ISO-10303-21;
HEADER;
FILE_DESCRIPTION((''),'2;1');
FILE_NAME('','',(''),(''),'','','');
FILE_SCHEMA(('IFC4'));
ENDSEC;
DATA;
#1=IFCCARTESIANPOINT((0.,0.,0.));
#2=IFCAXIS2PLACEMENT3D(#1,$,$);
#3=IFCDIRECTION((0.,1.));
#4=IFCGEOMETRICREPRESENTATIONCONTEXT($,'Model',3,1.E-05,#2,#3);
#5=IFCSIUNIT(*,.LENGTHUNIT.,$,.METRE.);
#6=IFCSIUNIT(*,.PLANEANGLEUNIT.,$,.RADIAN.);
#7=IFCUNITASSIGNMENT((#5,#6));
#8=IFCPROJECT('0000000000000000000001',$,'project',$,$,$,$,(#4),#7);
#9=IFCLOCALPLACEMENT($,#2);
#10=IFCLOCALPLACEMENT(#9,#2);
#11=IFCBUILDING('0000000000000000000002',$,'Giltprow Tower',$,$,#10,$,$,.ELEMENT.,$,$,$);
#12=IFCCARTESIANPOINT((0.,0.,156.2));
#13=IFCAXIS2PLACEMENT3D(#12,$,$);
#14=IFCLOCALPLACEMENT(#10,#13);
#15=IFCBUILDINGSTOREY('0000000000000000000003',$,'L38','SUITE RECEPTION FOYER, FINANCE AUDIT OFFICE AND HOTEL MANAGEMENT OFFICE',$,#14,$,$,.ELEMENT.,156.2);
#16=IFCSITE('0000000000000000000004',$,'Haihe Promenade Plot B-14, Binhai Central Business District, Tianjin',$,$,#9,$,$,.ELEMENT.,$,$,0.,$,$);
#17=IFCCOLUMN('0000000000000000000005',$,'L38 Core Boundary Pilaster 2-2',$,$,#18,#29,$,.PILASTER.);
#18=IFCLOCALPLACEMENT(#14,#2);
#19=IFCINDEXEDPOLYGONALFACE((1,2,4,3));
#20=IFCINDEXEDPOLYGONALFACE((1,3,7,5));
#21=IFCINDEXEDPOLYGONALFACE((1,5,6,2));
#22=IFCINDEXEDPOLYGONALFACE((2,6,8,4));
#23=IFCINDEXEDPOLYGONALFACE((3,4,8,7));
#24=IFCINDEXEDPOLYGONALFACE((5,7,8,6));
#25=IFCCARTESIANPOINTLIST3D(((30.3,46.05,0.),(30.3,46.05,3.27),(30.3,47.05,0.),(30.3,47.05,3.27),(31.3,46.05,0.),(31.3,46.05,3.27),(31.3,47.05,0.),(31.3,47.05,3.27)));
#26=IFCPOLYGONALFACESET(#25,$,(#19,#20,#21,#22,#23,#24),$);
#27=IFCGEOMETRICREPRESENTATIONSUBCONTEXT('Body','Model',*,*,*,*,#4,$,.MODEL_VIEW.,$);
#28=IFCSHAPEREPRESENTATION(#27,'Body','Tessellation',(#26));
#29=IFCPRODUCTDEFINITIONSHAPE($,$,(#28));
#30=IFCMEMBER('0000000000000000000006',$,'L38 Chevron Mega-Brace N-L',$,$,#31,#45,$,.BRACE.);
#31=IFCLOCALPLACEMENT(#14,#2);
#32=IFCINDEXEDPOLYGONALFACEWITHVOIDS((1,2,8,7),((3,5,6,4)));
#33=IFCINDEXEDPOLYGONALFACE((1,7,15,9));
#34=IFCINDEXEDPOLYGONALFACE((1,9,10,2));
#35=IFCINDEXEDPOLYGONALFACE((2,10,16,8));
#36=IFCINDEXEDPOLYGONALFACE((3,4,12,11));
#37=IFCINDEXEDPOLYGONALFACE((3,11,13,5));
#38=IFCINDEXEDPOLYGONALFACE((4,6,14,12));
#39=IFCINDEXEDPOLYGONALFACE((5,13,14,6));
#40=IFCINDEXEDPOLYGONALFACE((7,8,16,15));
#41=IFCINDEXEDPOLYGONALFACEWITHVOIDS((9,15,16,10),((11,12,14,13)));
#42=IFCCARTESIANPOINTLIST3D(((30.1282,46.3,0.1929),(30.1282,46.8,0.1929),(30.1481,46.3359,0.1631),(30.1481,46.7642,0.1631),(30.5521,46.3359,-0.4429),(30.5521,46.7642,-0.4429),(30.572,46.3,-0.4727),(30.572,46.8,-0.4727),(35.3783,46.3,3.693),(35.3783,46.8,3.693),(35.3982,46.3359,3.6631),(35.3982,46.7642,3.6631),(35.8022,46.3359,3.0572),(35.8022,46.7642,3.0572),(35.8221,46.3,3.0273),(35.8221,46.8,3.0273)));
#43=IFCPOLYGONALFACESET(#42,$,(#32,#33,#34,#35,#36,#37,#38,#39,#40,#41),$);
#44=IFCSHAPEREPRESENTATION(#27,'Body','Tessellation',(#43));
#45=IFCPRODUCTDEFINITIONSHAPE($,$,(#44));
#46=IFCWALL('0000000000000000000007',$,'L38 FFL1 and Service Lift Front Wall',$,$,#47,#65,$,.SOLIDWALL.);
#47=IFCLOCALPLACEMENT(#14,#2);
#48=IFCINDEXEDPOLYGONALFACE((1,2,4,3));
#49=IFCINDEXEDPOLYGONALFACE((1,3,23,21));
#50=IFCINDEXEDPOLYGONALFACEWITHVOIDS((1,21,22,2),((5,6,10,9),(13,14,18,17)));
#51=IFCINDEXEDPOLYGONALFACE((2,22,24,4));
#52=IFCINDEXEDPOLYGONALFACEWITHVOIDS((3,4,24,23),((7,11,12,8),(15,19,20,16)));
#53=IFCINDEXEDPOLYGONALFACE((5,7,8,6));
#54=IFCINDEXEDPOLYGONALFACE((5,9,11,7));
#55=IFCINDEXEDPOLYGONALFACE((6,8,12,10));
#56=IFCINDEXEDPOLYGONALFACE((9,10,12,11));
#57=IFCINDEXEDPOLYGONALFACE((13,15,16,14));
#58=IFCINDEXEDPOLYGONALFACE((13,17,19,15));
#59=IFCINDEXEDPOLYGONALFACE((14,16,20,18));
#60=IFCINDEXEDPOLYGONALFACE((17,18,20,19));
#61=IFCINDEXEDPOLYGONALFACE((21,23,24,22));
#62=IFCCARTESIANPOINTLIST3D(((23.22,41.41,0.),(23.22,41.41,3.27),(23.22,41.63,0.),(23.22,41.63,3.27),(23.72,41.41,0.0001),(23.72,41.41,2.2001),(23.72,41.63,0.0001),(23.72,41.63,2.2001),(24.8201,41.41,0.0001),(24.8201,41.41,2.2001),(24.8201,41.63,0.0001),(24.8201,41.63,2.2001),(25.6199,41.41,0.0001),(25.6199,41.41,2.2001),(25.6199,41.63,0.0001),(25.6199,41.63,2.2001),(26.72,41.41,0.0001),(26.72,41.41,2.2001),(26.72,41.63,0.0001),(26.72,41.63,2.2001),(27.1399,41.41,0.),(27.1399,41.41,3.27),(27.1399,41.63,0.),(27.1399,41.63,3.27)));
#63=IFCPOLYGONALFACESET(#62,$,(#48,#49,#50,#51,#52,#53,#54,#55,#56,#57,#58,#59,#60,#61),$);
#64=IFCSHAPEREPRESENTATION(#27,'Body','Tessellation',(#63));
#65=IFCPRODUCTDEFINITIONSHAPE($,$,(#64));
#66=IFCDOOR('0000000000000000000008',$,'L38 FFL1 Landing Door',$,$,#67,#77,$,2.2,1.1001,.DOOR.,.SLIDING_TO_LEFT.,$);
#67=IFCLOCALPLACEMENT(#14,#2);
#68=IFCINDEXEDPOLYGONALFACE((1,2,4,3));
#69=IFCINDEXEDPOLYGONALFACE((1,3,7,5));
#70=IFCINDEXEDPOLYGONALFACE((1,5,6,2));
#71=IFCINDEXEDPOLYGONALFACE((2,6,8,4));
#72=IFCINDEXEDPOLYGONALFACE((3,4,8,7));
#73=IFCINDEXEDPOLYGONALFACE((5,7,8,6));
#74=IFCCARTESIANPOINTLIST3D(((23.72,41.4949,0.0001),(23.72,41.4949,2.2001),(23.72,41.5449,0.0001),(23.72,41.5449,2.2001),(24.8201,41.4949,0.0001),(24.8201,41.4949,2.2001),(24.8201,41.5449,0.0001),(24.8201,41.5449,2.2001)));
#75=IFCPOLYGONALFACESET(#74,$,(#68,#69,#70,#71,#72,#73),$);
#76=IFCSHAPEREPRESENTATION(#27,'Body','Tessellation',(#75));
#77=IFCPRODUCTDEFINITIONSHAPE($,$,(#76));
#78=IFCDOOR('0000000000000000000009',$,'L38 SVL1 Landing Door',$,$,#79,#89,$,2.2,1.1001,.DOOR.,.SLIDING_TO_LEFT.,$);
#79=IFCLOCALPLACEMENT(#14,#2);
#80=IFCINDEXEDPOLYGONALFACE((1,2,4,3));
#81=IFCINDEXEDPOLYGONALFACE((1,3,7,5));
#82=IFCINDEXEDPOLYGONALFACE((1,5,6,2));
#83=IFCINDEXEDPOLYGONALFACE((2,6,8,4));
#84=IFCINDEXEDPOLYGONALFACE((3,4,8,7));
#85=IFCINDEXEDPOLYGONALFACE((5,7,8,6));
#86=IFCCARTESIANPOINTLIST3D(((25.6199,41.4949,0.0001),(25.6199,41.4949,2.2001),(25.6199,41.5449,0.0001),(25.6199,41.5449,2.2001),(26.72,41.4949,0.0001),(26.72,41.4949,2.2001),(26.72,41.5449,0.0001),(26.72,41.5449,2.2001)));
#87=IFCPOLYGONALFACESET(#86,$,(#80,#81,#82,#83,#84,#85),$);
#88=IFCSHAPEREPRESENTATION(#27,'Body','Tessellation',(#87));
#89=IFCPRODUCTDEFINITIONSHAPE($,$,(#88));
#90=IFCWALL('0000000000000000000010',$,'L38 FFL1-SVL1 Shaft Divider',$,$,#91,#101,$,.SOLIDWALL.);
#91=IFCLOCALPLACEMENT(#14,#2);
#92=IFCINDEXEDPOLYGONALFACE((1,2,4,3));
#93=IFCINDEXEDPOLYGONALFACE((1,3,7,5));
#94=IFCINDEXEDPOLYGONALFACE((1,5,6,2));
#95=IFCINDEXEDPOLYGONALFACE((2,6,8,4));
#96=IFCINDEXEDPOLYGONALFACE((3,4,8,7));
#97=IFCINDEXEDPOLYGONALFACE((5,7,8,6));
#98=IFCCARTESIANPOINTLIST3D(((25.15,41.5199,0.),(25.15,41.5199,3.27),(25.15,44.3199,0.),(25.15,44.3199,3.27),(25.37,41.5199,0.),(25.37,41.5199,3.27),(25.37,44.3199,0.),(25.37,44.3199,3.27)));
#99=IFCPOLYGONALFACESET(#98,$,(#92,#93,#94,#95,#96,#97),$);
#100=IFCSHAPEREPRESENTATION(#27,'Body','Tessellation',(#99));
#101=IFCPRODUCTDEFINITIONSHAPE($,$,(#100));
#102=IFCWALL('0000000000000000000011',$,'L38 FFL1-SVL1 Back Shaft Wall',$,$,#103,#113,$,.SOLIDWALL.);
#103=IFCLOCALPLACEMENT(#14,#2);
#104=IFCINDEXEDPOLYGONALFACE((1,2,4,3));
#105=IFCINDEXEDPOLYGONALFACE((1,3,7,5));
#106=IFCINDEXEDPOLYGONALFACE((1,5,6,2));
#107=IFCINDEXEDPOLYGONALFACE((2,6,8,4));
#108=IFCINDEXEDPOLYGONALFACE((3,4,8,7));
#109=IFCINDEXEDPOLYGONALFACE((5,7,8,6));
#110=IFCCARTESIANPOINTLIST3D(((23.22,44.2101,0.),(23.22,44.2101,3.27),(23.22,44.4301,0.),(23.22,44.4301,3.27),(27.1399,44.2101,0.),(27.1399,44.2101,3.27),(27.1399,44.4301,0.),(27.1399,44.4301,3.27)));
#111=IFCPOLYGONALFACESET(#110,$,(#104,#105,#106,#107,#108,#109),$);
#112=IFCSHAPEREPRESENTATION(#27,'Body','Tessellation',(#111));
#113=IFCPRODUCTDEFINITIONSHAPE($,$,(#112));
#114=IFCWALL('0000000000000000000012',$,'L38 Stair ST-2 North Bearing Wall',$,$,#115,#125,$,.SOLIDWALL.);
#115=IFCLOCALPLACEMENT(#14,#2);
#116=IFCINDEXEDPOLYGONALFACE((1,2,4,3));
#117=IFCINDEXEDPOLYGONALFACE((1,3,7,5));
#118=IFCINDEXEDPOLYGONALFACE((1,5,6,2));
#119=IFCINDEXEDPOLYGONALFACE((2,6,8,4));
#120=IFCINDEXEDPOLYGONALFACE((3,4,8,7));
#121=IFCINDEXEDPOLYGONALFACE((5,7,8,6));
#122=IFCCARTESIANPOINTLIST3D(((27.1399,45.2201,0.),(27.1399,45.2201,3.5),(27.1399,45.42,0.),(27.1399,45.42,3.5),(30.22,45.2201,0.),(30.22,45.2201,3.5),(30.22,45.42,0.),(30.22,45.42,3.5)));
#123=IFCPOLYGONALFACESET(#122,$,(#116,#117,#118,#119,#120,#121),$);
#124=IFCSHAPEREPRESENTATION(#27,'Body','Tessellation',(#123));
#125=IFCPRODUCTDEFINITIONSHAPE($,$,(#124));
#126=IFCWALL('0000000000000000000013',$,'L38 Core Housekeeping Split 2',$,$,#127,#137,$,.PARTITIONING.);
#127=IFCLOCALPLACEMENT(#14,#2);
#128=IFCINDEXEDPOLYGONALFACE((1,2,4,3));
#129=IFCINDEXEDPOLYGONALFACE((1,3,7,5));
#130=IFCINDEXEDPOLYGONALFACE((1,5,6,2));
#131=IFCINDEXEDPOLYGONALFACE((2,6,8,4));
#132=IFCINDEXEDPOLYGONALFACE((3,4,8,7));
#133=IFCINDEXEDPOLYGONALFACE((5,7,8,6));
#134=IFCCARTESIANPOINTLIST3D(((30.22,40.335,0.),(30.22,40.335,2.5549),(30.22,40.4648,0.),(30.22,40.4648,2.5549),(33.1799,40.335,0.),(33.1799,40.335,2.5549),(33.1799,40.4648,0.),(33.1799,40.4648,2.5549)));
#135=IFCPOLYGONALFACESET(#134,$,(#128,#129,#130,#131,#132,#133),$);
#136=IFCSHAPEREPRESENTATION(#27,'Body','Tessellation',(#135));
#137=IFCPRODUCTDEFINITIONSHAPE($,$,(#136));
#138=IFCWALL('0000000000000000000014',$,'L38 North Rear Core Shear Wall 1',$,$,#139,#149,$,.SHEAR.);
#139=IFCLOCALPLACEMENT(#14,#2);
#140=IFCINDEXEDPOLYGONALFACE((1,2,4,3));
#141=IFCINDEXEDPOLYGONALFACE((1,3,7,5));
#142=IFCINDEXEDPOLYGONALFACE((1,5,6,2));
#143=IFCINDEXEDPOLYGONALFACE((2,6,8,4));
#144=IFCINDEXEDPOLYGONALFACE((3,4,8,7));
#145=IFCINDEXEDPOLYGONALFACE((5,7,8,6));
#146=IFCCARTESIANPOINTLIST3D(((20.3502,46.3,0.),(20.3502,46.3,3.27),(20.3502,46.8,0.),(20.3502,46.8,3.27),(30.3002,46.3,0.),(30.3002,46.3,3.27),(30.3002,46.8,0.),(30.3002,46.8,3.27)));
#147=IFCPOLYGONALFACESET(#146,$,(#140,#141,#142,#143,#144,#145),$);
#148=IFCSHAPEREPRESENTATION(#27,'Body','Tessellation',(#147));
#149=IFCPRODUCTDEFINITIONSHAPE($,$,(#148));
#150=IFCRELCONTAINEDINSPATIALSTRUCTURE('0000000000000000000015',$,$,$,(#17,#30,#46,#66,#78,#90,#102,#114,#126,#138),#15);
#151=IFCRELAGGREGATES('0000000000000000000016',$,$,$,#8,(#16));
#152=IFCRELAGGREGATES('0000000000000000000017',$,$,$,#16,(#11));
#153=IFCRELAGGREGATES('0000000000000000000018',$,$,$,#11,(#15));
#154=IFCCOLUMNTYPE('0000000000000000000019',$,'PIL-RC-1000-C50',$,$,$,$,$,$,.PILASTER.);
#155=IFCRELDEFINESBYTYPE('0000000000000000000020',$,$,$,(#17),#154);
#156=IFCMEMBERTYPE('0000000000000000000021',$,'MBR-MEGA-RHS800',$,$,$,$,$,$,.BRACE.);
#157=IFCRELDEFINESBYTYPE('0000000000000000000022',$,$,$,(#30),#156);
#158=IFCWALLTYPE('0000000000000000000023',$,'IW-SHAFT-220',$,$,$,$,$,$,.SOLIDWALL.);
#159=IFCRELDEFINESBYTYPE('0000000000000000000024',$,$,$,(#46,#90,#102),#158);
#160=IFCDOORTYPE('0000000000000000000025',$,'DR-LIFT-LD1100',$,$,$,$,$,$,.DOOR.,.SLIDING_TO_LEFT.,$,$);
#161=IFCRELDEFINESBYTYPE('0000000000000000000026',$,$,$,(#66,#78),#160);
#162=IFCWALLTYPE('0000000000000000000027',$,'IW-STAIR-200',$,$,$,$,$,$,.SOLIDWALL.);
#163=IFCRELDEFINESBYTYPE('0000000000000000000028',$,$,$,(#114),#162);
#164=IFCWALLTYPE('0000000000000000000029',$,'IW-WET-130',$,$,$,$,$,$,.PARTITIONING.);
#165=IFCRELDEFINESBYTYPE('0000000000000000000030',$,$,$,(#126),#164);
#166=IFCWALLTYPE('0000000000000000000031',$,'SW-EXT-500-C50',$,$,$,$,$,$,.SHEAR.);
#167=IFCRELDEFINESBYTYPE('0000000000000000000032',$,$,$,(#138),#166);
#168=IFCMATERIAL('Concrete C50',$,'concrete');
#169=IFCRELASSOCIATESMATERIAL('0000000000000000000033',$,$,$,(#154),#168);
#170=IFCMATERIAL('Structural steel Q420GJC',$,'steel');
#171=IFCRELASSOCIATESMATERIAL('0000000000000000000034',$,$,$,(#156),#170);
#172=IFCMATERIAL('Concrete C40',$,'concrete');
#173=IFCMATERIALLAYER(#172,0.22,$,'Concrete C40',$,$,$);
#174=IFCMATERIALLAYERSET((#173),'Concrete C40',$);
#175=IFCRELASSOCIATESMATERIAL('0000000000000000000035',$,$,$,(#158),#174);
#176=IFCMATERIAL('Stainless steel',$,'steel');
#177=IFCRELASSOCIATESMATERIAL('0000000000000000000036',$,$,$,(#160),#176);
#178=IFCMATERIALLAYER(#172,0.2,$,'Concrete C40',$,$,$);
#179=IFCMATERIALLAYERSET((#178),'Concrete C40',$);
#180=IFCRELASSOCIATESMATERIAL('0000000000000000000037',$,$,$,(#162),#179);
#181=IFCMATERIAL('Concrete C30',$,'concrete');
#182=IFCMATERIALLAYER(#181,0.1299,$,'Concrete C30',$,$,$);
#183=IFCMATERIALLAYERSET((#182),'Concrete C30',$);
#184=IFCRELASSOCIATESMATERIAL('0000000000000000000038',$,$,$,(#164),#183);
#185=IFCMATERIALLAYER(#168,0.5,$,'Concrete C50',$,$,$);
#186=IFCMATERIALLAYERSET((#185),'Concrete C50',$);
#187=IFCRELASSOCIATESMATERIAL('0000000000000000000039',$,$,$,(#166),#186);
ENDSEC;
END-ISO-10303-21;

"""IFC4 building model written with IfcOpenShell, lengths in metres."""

from ifc_helpers import new_model, si_unit, direction, frame, frame_2d, origin, origin_2d, place, context, subcontext, project, spatial, rectangle, hollow_rectangle, extrude, source, transform, mapped, material, layer, layer_set, material_profile, profile_set, type_object, element, fill, save


model = new_model("IFC4")

# Units and contexts
model_context = context("Model", 3, precision=1e-05, world=origin(), true_north=direction((0.0, 1.0)))
body_context = subcontext(model_context, "Body", "Model", "MODEL_VIEW")
ifc_project = project(units=[si_unit("LENGTHUNIT", "METRE"), si_unit("PLANEANGLEUNIT", "RADIAN")], contexts=[model_context])

# Site, building, storey
site_placement = place(None, origin())
site = spatial("IfcSite", under=ifc_project, at=site_placement, Name="Haihe Promenade Plot B-14, Binhai Central Business District, Tianjin", CompositionType="ELEMENT", RefElevation=0.0)
building_placement = place(site_placement, origin())
building = spatial("IfcBuilding", under=site, at=building_placement, Name="Giltprow Tower", CompositionType="ELEMENT")
storey_placement = place(building_placement, frame((0.0, 0.0, 156.2)))
storey = spatial("IfcBuildingStorey", under=building, at=storey_placement, Name="L38", Description="SUITE RECEPTION FOYER, FINANCE AUDIT OFFICE AND HOTEL MANAGEMENT OFFICE", CompositionType="ELEMENT", Elevation=156.2)

# Column
ifc_material_1 = material(Name="Concrete C50", Category="concrete")
ifc_material_profile_1 = material_profile(ifc_material_1, rectangle(XDim=1.0, YDim=1.0, at=origin_2d()), Name="RC 1000x1000")
ifc_profile_set_1 = profile_set([ifc_material_profile_1], Name="Concrete C50")
column_type = type_object("IfcColumnType", Name="PIL-RC-1000-C50", PredefinedType="PILASTER", material=ifc_profile_set_1)
shared_shape_1 = source(origin(), body_context, "Body", "SweptSolid", [
    extrude(rectangle(XDim=1.0, YDim=1.0, at=origin_2d()), origin(), (0.0, 0.0, 1.0), 3.27),
])
column_placement = place(storey_placement, frame((30.8, 46.55, 0.0), z_axis=(0.0, 0.0, 1.0), x_axis=(1.0, 0.0, 0.0)))
element("IfcColumn", 1, at=column_placement, inside=storey, type_object=column_type, Name="L38 Core Boundary Pilaster 2-2", PredefinedType="PILASTER", context=body_context, shape_type="MappedRepresentation", body=[
    mapped(shared_shape_1, transform((0.0, 0.0, 0.0), x_axis=(1.0, 0.0, 0.0), y_axis=(0.0, 1.0, 0.0), z_axis=(0.0, 0.0, 1.0), scale=1.0)),
])

# Member
ifc_material_2 = material(Name="Structural steel Q420GJC", Category="steel")
ifc_material_profile_2 = material_profile(ifc_material_2, hollow_rectangle(XDim=0.5, YDim=0.8, WallThickness=0.0359, at=origin_2d()), Name="RHS 800x500x36")
ifc_profile_set_2 = profile_set([ifc_material_profile_2], Name="Structural steel Q420GJC")
member_type = type_object("IfcMemberType", Name="MBR-MEGA-RHS800", PredefinedType="BRACE", material=ifc_profile_set_2)
shared_shape_2 = source(origin(), body_context, "Body", "SweptSolid", [
    extrude(hollow_rectangle(XDim=0.5, YDim=0.8, WallThickness=0.0359, at=origin_2d()), origin(), (0.0, 0.0, 1.0), 6.3098),
])
member_placement = place(storey_placement, frame((30.3501, 46.55, -0.1399), z_axis=(0.83205, 0.0, 0.5547), x_axis=(0.0, 1.0, 0.0)))
element("IfcMember", 2, at=member_placement, inside=storey, type_object=member_type, Name="L38 Chevron Mega-Brace N-L", PredefinedType="BRACE", context=body_context, shape_type="MappedRepresentation", body=[
    mapped(shared_shape_2, transform((0.0, 0.0, 0.0), x_axis=(1.0, 0.0, 0.0), y_axis=(0.0, 1.0, 0.0), z_axis=(0.0, 0.0, 1.0), scale=1.0)),
])

# Wall, openings, doors
ifc_material_3 = material(Name="Concrete C40", Category="concrete")
ifc_layer_1 = layer(ifc_material_3, 0.22, Name="Concrete C40")
ifc_layer_set_1 = layer_set([ifc_layer_1], Name="Concrete C40")
wall_type_1 = type_object("IfcWallType", Name="IW-SHAFT-220", PredefinedType="SOLIDWALL", material=ifc_layer_set_1)
wall_1_placement = place(storey_placement, frame((23.22, 41.52, 0.0), z_axis=(0.0, 0.0, 1.0), x_axis=(1.0, 0.0, 0.0)))
wall_1 = element("IfcWall", 3, at=wall_1_placement, inside=storey, type_object=wall_type_1, Name="L38 FFL1 and Service Lift Front Wall", PredefinedType="SOLIDWALL", context=body_context, shape_type="SweptSolid", body=[
    extrude(rectangle(XDim=3.9199, YDim=0.22, at=frame_2d((1.96, 0.0))), origin(), (0.0, 0.0, 1.0), 3.27),
])
opening_1_placement = place(wall_1_placement, frame((0.5, 0.0, 0.0)))
opening_1 = element("IfcOpeningElement", 4, at=opening_1_placement, cuts=wall_1, PredefinedType="OPENING", context=body_context, shape_type="SweptSolid", body=[
    extrude(rectangle(XDim=1.1001, YDim=2.2, at=frame_2d((0.55, 1.1001))), frame((0.0, 0.1199, 0.0), z_axis=(0.0, -1.0, 0.0), x_axis=(1.0, 0.0, 0.0)), (0.0, 0.0, 1.0), 0.24),
])
opening_2_placement = place(wall_1_placement, frame((2.3999, 0.0, 0.0)))
opening_2 = element("IfcOpeningElement", 5, at=opening_2_placement, cuts=wall_1, PredefinedType="OPENING", context=body_context, shape_type="SweptSolid", body=[
    extrude(rectangle(XDim=1.1001, YDim=2.2, at=frame_2d((0.55, 1.1001))), frame((0.0, 0.1199, 0.0), z_axis=(0.0, -1.0, 0.0), x_axis=(1.0, 0.0, 0.0)), (0.0, 0.0, 1.0), 0.24),
])
ifc_material_4 = material(Name="Stainless steel", Category="steel")
door_type = type_object("IfcDoorType", Name="DR-LIFT-LD1100", OperationType="SLIDING_TO_LEFT", PredefinedType="DOOR", material=ifc_material_4)
shared_shape_3 = source(origin(), body_context, "Body", "SweptSolid", [
    extrude(rectangle(XDim=1.1001, YDim=2.2, at=frame_2d((0.55, 1.1001))), frame((0.0, 0.0249, 0.0), z_axis=(0.0, -1.0, 0.0), x_axis=(1.0, 0.0, 0.0)), (0.0, 0.0, 1.0), 0.05),
])
door_1_placement = place(opening_1_placement, origin())
door_1 = element("IfcDoor", 6, at=door_1_placement, inside=storey, type_object=door_type, Name="L38 FFL1 Landing Door", OperationType="SLIDING_TO_LEFT", OverallHeight=2.2, OverallWidth=1.1001, PredefinedType="DOOR", context=body_context, shape_type="MappedRepresentation", body=[
    mapped(shared_shape_3, transform((0.0, 0.0, 0.0), x_axis=(1.0, 0.0, 0.0), y_axis=(0.0, 1.0, 0.0), z_axis=(0.0, 0.0, 1.0), scale=1.0)),
])
fill(opening_1, door_1)
door_2_placement = place(opening_2_placement, origin())
door_2 = element("IfcDoor", 7, at=door_2_placement, inside=storey, type_object=door_type, Name="L38 SVL1 Landing Door", OperationType="SLIDING_TO_LEFT", OverallHeight=2.2, OverallWidth=1.1001, PredefinedType="DOOR", context=body_context, shape_type="MappedRepresentation", body=[
    mapped(shared_shape_3, transform((0.0, 0.0, 0.0), x_axis=(1.0, 0.0, 0.0), y_axis=(0.0, 1.0, 0.0), z_axis=(0.0, 0.0, 1.0), scale=1.0)),
])
fill(opening_2, door_2)

# Walls
wall_2_placement = place(storey_placement, frame((25.26, 41.52, 0.0), z_axis=(0.0, 0.0, 1.0), x_axis=(0.0, 1.0, 0.0)))
element("IfcWall", 8, at=wall_2_placement, inside=storey, type_object=wall_type_1, Name="L38 FFL1-SVL1 Shaft Divider", PredefinedType="SOLIDWALL", context=body_context, shape_type="SweptSolid", body=[
    extrude(rectangle(XDim=2.8, YDim=0.22, at=frame_2d((1.3999, 0.0))), origin(), (0.0, 0.0, 1.0), 3.27),
])
wall_3_placement = place(storey_placement, frame((23.22, 44.3201, 0.0), z_axis=(0.0, 0.0, 1.0), x_axis=(1.0, 0.0, 0.0)))
element("IfcWall", 9, at=wall_3_placement, inside=storey, type_object=wall_type_1, Name="L38 FFL1-SVL1 Back Shaft Wall", PredefinedType="SOLIDWALL", context=body_context, shape_type="SweptSolid", body=[
    extrude(rectangle(XDim=3.9199, YDim=0.22, at=frame_2d((1.96, 0.0))), origin(), (0.0, 0.0, 1.0), 3.27),
])
ifc_layer_2 = layer(ifc_material_3, 0.2, Name="Concrete C40")
ifc_layer_set_2 = layer_set([ifc_layer_2], Name="Concrete C40")
wall_type_2 = type_object("IfcWallType", Name="IW-STAIR-200", PredefinedType="SOLIDWALL", material=ifc_layer_set_2)
wall_4_placement = place(storey_placement, frame((27.1399, 45.3201, 0.0), z_axis=(0.0, 0.0, 1.0), x_axis=(1.0, 0.0, 0.0)))
element("IfcWall", 10, at=wall_4_placement, inside=storey, type_object=wall_type_2, Name="L38 Stair ST-2 North Bearing Wall", PredefinedType="SOLIDWALL", context=body_context, shape_type="SweptSolid", body=[
    extrude(rectangle(XDim=3.0801, YDim=0.2, at=frame_2d((1.54, 0.0))), origin(), (0.0, 0.0, 1.0), 3.5),
])
ifc_material_5 = material(Name="Concrete C30", Category="concrete")
ifc_layer_3 = layer(ifc_material_5, 0.1299, Name="Concrete C30")
ifc_layer_set_3 = layer_set([ifc_layer_3], Name="Concrete C30")
wall_type_3 = type_object("IfcWallType", Name="IW-WET-130", PredefinedType="PARTITIONING", material=ifc_layer_set_3)
wall_5_placement = place(storey_placement, frame((30.22, 40.3999, 0.0), z_axis=(0.0, 0.0, 1.0), x_axis=(1.0, 0.0, 0.0)))
element("IfcWall", 11, at=wall_5_placement, inside=storey, type_object=wall_type_3, Name="L38 Core Housekeeping Split 2", PredefinedType="PARTITIONING", context=body_context, shape_type="SweptSolid", body=[
    extrude(rectangle(XDim=2.96, YDim=0.1299, at=frame_2d((1.48, 0.0))), origin(), (0.0, 0.0, 1.0), 2.5549),
])
ifc_layer_4 = layer(ifc_material_1, 0.5, Name="Concrete C50")
ifc_layer_set_4 = layer_set([ifc_layer_4], Name="Concrete C50")
wall_type_4 = type_object("IfcWallType", Name="SW-EXT-500-C50", PredefinedType="SHEAR", material=ifc_layer_set_4)
wall_6_placement = place(storey_placement, frame((20.3501, 46.55, 0.0), z_axis=(0.0, 0.0, 1.0), x_axis=(1.0, 0.0, 0.0)))
element("IfcWall", 12, at=wall_6_placement, inside=storey, type_object=wall_type_4, Name="L38 North Rear Core Shear Wall 1", PredefinedType="SHEAR", context=body_context, shape_type="SweptSolid", body=[
    extrude(rectangle(XDim=9.95, YDim=0.5, at=frame_2d((4.9751, 0.0))), origin(), (0.0, 0.0, 1.0), 3.27),
])

save(model, "model.ifc")
